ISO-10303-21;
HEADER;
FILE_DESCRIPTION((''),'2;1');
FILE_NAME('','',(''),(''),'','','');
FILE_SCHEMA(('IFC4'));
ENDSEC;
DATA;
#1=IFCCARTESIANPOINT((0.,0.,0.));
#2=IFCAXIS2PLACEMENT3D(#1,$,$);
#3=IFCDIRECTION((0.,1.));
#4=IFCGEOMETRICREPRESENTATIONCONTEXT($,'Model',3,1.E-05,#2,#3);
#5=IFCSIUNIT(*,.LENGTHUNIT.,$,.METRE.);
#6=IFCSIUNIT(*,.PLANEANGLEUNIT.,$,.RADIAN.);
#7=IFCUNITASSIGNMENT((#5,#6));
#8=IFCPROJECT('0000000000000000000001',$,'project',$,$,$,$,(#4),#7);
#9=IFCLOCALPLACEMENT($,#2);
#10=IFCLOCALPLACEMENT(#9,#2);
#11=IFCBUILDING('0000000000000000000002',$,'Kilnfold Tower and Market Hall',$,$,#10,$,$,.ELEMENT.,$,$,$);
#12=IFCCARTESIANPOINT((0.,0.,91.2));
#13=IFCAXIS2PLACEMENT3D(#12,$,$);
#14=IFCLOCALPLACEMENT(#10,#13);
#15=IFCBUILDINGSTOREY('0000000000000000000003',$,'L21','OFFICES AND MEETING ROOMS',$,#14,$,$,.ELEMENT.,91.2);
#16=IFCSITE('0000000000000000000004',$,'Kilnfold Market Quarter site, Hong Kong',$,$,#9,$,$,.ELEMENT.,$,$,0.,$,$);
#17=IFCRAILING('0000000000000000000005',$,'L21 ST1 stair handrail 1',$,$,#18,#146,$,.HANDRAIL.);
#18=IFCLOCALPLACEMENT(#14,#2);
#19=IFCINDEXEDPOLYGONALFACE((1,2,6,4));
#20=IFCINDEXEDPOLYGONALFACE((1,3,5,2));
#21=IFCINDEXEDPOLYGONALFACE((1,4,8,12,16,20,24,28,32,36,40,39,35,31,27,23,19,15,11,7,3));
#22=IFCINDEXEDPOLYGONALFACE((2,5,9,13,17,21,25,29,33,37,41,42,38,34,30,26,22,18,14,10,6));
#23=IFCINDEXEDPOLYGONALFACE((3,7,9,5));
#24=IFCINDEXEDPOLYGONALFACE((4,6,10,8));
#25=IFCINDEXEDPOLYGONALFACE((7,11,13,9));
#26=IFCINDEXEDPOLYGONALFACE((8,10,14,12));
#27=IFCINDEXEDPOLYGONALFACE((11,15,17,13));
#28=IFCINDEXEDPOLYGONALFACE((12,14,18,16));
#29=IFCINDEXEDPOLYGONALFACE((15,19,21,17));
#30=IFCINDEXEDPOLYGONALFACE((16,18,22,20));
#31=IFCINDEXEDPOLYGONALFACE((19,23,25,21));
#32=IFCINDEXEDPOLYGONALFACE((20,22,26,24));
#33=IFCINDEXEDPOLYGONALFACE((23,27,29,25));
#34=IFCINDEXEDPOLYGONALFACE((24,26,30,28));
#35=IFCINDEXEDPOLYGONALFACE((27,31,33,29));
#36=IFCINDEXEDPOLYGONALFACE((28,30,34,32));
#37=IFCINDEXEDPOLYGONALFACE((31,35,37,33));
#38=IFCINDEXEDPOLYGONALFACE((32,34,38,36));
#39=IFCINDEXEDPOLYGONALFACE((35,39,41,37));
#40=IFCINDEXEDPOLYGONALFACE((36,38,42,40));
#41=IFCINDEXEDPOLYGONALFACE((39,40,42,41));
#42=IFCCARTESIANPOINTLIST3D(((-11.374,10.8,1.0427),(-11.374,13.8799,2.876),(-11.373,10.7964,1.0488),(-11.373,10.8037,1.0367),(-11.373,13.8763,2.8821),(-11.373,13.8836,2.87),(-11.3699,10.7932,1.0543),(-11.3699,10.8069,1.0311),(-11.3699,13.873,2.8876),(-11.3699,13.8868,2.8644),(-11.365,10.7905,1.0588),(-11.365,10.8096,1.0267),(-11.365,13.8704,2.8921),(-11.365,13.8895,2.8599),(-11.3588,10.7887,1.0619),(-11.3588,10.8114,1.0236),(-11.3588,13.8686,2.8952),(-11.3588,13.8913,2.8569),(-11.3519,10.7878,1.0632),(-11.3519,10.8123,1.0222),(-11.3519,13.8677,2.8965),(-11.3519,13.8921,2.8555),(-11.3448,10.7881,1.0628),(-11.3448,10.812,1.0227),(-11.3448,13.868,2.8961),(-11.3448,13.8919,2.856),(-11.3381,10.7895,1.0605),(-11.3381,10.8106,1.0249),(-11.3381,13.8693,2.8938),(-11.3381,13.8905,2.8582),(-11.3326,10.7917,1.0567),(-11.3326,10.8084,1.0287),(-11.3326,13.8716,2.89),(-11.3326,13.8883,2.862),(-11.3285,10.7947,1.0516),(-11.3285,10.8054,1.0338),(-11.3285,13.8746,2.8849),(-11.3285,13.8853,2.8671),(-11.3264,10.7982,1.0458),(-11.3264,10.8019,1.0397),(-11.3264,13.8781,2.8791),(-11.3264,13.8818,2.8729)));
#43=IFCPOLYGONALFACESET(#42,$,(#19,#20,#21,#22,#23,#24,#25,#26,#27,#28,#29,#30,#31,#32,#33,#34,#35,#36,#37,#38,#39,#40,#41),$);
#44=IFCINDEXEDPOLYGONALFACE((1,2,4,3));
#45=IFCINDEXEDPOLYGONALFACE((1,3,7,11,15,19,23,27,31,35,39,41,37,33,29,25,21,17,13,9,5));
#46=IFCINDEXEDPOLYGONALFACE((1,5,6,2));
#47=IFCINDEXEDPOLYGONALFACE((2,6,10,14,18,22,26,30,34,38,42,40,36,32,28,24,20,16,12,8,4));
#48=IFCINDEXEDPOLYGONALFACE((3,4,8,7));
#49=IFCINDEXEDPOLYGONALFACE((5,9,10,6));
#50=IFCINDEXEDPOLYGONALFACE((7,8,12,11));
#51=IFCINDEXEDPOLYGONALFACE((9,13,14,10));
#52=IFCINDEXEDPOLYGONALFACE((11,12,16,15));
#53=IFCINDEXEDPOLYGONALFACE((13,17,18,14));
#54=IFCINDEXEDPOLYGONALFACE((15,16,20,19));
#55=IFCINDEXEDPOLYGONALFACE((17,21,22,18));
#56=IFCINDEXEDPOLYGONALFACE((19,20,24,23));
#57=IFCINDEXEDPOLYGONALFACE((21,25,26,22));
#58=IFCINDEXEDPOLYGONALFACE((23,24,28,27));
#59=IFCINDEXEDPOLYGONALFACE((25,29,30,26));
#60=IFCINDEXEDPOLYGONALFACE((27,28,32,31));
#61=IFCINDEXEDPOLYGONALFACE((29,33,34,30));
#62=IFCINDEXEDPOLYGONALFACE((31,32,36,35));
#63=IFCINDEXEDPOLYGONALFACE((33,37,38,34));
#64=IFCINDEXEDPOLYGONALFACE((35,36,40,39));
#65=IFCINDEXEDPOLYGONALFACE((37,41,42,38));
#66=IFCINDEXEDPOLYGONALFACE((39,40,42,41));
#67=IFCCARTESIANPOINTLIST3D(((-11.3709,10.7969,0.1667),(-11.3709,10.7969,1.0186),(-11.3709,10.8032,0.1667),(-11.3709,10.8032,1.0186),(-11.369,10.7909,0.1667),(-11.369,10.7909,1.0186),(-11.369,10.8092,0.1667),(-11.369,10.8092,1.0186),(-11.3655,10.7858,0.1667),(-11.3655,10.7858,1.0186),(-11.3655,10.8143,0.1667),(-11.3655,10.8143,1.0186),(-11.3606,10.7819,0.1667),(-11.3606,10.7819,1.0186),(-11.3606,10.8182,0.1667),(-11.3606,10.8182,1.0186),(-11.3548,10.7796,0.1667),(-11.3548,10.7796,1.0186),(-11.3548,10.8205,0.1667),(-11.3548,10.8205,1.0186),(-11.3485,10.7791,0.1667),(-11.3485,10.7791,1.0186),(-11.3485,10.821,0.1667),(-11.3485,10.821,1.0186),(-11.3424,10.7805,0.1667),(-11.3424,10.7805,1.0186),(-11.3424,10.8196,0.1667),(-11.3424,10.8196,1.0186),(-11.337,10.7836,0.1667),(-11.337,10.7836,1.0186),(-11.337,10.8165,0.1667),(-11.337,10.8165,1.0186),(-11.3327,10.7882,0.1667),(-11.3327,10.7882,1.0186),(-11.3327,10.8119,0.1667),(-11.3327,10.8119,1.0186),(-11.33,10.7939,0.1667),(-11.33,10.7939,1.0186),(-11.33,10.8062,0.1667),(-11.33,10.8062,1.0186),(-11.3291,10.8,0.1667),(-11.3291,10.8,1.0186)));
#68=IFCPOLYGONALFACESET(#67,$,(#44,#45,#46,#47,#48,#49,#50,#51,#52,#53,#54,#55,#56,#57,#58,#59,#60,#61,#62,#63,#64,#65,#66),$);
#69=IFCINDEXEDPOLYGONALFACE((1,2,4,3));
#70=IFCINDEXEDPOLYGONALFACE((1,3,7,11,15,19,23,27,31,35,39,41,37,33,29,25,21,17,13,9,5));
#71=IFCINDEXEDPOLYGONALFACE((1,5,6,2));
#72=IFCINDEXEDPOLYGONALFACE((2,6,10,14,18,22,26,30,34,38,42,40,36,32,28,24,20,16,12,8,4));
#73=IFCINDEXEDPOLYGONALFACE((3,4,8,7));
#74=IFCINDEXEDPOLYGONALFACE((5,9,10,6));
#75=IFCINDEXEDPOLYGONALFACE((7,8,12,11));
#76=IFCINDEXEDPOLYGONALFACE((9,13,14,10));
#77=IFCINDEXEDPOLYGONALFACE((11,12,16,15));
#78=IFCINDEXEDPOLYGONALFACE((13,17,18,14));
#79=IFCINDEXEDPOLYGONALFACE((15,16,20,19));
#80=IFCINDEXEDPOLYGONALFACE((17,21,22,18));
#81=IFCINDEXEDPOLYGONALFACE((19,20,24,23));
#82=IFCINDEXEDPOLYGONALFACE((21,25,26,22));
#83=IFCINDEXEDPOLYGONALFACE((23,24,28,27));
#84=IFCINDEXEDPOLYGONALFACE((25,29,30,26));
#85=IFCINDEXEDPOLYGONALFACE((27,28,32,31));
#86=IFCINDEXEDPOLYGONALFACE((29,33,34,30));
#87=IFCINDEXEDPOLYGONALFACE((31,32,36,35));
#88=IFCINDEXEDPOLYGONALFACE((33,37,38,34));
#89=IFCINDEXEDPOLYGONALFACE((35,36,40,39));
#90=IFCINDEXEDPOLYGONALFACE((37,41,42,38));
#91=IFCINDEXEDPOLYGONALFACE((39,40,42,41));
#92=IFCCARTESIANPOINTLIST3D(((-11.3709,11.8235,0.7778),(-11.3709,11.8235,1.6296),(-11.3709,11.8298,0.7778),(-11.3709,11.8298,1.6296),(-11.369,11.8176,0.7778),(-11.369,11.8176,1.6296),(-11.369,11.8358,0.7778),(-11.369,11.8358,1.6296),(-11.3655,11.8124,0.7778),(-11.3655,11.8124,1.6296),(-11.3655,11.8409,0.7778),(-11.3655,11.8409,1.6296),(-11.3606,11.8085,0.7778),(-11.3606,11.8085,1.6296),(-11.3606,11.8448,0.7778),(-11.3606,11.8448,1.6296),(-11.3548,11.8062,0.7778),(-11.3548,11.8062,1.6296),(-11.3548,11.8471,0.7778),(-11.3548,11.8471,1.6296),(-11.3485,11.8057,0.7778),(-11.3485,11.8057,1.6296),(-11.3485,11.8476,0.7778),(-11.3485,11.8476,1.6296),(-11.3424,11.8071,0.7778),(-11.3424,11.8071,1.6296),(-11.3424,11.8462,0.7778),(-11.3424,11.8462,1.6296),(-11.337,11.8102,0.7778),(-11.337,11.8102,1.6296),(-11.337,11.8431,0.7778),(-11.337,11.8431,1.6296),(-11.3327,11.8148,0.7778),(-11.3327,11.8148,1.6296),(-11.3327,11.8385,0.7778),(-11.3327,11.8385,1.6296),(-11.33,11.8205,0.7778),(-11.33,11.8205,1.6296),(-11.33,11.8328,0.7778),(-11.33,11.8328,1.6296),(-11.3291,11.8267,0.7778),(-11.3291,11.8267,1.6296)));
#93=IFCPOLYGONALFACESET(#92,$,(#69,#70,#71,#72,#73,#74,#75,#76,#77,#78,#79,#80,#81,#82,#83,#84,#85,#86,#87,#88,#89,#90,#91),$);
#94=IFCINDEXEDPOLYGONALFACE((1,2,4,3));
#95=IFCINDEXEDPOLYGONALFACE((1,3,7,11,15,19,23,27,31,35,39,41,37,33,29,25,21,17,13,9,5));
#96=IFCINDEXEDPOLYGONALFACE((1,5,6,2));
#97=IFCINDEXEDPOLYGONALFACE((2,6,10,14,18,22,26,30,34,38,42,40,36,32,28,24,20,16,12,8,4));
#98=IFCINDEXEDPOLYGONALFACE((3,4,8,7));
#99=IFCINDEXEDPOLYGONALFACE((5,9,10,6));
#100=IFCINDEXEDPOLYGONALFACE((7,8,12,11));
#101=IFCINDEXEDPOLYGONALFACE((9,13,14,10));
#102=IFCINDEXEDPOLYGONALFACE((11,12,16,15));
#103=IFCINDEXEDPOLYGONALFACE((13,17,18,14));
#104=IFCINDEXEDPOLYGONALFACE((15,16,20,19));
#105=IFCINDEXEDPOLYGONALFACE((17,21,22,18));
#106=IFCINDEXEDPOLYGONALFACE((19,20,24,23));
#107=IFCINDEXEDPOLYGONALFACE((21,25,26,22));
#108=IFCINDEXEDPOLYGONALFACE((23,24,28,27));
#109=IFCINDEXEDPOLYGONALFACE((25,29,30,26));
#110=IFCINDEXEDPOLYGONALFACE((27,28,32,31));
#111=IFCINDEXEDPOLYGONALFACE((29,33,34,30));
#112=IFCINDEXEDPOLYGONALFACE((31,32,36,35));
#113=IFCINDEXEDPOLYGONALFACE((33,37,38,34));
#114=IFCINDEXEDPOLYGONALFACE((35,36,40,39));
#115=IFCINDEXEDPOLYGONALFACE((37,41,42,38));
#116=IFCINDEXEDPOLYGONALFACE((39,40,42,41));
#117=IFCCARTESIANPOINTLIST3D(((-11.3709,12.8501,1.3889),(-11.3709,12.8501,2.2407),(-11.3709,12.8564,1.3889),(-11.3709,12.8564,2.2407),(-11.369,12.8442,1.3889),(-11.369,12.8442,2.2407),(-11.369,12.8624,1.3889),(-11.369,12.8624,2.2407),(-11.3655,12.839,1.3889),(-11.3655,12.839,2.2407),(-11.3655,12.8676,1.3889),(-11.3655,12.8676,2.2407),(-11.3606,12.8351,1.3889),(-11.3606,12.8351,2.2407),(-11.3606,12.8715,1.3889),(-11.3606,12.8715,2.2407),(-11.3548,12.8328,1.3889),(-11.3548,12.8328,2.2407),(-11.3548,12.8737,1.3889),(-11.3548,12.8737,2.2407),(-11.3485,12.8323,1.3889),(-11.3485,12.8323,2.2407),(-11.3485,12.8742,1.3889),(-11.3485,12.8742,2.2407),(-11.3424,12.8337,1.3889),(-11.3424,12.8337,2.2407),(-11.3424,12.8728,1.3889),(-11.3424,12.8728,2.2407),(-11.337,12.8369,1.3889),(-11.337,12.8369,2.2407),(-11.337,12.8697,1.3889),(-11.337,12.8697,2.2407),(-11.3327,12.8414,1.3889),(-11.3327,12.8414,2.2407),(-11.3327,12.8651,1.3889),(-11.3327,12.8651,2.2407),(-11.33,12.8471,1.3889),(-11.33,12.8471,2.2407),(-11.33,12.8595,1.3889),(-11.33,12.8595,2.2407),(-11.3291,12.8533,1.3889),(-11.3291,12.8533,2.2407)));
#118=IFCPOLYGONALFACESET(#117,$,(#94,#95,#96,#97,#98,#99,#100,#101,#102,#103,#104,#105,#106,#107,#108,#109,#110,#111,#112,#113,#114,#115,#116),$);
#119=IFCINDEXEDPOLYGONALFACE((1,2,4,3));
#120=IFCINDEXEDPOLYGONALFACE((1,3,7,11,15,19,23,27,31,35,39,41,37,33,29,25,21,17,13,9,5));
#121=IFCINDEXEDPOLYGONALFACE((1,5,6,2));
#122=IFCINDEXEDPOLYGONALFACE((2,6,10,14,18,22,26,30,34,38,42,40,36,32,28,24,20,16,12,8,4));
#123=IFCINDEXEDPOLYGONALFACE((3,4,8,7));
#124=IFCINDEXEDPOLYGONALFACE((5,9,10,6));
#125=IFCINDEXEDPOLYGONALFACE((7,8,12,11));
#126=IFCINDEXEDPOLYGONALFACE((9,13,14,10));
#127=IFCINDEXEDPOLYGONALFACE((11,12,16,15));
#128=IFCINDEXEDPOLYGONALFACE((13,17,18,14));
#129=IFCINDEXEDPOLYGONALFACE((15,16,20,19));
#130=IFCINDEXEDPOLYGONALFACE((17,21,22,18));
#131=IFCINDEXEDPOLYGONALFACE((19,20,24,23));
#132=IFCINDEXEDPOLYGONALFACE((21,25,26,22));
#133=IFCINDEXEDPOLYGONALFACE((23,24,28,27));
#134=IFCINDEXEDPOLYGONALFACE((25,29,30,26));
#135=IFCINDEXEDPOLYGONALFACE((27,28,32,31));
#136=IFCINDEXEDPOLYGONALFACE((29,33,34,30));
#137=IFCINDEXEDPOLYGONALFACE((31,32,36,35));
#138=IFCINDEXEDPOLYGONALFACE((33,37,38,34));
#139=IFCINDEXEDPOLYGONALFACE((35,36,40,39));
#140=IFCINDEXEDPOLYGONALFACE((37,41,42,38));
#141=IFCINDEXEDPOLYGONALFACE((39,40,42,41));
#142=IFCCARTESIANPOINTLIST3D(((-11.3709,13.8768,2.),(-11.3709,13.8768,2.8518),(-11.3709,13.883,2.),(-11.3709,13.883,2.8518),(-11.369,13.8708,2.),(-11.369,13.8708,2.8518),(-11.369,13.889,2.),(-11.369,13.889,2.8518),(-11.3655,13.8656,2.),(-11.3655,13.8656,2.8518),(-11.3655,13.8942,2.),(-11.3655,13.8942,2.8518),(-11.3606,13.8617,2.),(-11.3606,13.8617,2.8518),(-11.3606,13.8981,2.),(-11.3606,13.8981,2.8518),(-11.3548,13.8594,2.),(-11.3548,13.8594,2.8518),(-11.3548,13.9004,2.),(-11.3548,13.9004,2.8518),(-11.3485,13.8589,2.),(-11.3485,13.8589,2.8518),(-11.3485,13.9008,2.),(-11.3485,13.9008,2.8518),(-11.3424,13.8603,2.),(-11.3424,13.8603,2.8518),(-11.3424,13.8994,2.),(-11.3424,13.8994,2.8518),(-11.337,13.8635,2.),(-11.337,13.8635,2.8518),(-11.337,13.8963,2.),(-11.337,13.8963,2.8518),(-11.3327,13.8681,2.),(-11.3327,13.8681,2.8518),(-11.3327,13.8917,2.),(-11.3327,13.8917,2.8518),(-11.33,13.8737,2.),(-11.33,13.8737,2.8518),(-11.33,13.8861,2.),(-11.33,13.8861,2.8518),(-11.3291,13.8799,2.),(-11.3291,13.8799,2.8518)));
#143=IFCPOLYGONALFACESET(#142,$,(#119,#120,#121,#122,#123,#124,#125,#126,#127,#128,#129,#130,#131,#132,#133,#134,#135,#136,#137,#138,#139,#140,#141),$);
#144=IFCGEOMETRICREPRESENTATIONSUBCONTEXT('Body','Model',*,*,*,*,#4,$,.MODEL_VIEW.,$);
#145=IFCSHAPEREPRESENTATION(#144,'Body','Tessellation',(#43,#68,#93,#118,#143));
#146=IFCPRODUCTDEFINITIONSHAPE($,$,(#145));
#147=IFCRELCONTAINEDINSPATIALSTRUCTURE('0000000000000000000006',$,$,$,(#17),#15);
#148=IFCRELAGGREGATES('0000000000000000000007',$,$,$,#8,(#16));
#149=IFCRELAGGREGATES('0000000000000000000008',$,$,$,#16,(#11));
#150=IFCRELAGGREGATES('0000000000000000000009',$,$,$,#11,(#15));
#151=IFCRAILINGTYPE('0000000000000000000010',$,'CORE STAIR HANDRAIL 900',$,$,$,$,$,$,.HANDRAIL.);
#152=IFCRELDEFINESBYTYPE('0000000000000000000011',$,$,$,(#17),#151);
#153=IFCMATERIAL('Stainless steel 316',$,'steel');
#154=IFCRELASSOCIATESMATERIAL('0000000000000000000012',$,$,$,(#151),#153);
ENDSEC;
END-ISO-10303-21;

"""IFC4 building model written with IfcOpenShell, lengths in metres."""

from ifc_helpers import new_model, si_unit, direction, frame, origin, origin_2d, place, context, subcontext, project, spatial, circle, extrude, material, type_object, element, save


model = new_model("IFC4")

# Units and contexts
model_context = context("Model", 3, precision=1e-05, world=origin(), true_north=direction((0.0, 1.0)))
body_context = subcontext(model_context, "Body", "Model", "MODEL_VIEW")
ifc_project = project(units=[si_unit("LENGTHUNIT", "METRE"), si_unit("PLANEANGLEUNIT", "RADIAN")], contexts=[model_context])

# Site, building, storey
site_placement = place(None, origin())
site = spatial("IfcSite", under=ifc_project, at=site_placement, Name="Kilnfold Market Quarter site, Hong Kong", CompositionType="ELEMENT", RefElevation=0.0)
building_placement = place(site_placement, origin())
building = spatial("IfcBuilding", under=site, at=building_placement, Name="Kilnfold Tower and Market Hall", CompositionType="ELEMENT")
storey_placement = place(building_placement, frame((0.0, 0.0, 91.2)))
storey = spatial("IfcBuildingStorey", under=building, at=storey_placement, Name="L21", Description="OFFICES AND MEETING ROOMS", CompositionType="ELEMENT", Elevation=91.2)

# Railing
ifc_material_1 = material(Name="Stainless steel 316", Category="steel")
railing_type_1 = type_object("IfcRailingType", Name="CORE STAIR HANDRAIL 900", PredefinedType="HANDRAIL", material=ifc_material_1)
railing_1_placement = place(storey_placement, frame((-11.3501, 10.8, 0.1667)))
element("IfcRailing", 1, at=railing_1_placement, inside=storey, type_object=railing_type_1, Name="L21 ST1 stair handrail 1", PredefinedType="HANDRAIL", context=body_context, shape_type="SweptSolid", body=[
    extrude(circle(Radius=0.0239, at=origin_2d()), frame((0.0, 0.0, 0.876), z_axis=(0.0, 0.859291, 0.511487), x_axis=(-1.0, 0.0, 0.0)), (0.0, 0.0, 1.0), 3.5842),
    extrude(circle(Radius=0.021, at=origin_2d()), origin(), (0.0, 0.0, 1.0), 0.8518),
    extrude(circle(Radius=0.021, at=origin_2d()), frame((0.0, 1.0266, 0.6111)), (0.0, 0.0, 1.0), 0.8518),
    extrude(circle(Radius=0.021, at=origin_2d()), frame((0.0, 2.0532, 1.2222)), (0.0, 0.0, 1.0), 0.8518),
    extrude(circle(Radius=0.021, at=origin_2d()), frame((0.0, 3.0798, 1.8333)), (0.0, 0.0, 1.0), 0.8518),
])

save(model, "model.ifc")
